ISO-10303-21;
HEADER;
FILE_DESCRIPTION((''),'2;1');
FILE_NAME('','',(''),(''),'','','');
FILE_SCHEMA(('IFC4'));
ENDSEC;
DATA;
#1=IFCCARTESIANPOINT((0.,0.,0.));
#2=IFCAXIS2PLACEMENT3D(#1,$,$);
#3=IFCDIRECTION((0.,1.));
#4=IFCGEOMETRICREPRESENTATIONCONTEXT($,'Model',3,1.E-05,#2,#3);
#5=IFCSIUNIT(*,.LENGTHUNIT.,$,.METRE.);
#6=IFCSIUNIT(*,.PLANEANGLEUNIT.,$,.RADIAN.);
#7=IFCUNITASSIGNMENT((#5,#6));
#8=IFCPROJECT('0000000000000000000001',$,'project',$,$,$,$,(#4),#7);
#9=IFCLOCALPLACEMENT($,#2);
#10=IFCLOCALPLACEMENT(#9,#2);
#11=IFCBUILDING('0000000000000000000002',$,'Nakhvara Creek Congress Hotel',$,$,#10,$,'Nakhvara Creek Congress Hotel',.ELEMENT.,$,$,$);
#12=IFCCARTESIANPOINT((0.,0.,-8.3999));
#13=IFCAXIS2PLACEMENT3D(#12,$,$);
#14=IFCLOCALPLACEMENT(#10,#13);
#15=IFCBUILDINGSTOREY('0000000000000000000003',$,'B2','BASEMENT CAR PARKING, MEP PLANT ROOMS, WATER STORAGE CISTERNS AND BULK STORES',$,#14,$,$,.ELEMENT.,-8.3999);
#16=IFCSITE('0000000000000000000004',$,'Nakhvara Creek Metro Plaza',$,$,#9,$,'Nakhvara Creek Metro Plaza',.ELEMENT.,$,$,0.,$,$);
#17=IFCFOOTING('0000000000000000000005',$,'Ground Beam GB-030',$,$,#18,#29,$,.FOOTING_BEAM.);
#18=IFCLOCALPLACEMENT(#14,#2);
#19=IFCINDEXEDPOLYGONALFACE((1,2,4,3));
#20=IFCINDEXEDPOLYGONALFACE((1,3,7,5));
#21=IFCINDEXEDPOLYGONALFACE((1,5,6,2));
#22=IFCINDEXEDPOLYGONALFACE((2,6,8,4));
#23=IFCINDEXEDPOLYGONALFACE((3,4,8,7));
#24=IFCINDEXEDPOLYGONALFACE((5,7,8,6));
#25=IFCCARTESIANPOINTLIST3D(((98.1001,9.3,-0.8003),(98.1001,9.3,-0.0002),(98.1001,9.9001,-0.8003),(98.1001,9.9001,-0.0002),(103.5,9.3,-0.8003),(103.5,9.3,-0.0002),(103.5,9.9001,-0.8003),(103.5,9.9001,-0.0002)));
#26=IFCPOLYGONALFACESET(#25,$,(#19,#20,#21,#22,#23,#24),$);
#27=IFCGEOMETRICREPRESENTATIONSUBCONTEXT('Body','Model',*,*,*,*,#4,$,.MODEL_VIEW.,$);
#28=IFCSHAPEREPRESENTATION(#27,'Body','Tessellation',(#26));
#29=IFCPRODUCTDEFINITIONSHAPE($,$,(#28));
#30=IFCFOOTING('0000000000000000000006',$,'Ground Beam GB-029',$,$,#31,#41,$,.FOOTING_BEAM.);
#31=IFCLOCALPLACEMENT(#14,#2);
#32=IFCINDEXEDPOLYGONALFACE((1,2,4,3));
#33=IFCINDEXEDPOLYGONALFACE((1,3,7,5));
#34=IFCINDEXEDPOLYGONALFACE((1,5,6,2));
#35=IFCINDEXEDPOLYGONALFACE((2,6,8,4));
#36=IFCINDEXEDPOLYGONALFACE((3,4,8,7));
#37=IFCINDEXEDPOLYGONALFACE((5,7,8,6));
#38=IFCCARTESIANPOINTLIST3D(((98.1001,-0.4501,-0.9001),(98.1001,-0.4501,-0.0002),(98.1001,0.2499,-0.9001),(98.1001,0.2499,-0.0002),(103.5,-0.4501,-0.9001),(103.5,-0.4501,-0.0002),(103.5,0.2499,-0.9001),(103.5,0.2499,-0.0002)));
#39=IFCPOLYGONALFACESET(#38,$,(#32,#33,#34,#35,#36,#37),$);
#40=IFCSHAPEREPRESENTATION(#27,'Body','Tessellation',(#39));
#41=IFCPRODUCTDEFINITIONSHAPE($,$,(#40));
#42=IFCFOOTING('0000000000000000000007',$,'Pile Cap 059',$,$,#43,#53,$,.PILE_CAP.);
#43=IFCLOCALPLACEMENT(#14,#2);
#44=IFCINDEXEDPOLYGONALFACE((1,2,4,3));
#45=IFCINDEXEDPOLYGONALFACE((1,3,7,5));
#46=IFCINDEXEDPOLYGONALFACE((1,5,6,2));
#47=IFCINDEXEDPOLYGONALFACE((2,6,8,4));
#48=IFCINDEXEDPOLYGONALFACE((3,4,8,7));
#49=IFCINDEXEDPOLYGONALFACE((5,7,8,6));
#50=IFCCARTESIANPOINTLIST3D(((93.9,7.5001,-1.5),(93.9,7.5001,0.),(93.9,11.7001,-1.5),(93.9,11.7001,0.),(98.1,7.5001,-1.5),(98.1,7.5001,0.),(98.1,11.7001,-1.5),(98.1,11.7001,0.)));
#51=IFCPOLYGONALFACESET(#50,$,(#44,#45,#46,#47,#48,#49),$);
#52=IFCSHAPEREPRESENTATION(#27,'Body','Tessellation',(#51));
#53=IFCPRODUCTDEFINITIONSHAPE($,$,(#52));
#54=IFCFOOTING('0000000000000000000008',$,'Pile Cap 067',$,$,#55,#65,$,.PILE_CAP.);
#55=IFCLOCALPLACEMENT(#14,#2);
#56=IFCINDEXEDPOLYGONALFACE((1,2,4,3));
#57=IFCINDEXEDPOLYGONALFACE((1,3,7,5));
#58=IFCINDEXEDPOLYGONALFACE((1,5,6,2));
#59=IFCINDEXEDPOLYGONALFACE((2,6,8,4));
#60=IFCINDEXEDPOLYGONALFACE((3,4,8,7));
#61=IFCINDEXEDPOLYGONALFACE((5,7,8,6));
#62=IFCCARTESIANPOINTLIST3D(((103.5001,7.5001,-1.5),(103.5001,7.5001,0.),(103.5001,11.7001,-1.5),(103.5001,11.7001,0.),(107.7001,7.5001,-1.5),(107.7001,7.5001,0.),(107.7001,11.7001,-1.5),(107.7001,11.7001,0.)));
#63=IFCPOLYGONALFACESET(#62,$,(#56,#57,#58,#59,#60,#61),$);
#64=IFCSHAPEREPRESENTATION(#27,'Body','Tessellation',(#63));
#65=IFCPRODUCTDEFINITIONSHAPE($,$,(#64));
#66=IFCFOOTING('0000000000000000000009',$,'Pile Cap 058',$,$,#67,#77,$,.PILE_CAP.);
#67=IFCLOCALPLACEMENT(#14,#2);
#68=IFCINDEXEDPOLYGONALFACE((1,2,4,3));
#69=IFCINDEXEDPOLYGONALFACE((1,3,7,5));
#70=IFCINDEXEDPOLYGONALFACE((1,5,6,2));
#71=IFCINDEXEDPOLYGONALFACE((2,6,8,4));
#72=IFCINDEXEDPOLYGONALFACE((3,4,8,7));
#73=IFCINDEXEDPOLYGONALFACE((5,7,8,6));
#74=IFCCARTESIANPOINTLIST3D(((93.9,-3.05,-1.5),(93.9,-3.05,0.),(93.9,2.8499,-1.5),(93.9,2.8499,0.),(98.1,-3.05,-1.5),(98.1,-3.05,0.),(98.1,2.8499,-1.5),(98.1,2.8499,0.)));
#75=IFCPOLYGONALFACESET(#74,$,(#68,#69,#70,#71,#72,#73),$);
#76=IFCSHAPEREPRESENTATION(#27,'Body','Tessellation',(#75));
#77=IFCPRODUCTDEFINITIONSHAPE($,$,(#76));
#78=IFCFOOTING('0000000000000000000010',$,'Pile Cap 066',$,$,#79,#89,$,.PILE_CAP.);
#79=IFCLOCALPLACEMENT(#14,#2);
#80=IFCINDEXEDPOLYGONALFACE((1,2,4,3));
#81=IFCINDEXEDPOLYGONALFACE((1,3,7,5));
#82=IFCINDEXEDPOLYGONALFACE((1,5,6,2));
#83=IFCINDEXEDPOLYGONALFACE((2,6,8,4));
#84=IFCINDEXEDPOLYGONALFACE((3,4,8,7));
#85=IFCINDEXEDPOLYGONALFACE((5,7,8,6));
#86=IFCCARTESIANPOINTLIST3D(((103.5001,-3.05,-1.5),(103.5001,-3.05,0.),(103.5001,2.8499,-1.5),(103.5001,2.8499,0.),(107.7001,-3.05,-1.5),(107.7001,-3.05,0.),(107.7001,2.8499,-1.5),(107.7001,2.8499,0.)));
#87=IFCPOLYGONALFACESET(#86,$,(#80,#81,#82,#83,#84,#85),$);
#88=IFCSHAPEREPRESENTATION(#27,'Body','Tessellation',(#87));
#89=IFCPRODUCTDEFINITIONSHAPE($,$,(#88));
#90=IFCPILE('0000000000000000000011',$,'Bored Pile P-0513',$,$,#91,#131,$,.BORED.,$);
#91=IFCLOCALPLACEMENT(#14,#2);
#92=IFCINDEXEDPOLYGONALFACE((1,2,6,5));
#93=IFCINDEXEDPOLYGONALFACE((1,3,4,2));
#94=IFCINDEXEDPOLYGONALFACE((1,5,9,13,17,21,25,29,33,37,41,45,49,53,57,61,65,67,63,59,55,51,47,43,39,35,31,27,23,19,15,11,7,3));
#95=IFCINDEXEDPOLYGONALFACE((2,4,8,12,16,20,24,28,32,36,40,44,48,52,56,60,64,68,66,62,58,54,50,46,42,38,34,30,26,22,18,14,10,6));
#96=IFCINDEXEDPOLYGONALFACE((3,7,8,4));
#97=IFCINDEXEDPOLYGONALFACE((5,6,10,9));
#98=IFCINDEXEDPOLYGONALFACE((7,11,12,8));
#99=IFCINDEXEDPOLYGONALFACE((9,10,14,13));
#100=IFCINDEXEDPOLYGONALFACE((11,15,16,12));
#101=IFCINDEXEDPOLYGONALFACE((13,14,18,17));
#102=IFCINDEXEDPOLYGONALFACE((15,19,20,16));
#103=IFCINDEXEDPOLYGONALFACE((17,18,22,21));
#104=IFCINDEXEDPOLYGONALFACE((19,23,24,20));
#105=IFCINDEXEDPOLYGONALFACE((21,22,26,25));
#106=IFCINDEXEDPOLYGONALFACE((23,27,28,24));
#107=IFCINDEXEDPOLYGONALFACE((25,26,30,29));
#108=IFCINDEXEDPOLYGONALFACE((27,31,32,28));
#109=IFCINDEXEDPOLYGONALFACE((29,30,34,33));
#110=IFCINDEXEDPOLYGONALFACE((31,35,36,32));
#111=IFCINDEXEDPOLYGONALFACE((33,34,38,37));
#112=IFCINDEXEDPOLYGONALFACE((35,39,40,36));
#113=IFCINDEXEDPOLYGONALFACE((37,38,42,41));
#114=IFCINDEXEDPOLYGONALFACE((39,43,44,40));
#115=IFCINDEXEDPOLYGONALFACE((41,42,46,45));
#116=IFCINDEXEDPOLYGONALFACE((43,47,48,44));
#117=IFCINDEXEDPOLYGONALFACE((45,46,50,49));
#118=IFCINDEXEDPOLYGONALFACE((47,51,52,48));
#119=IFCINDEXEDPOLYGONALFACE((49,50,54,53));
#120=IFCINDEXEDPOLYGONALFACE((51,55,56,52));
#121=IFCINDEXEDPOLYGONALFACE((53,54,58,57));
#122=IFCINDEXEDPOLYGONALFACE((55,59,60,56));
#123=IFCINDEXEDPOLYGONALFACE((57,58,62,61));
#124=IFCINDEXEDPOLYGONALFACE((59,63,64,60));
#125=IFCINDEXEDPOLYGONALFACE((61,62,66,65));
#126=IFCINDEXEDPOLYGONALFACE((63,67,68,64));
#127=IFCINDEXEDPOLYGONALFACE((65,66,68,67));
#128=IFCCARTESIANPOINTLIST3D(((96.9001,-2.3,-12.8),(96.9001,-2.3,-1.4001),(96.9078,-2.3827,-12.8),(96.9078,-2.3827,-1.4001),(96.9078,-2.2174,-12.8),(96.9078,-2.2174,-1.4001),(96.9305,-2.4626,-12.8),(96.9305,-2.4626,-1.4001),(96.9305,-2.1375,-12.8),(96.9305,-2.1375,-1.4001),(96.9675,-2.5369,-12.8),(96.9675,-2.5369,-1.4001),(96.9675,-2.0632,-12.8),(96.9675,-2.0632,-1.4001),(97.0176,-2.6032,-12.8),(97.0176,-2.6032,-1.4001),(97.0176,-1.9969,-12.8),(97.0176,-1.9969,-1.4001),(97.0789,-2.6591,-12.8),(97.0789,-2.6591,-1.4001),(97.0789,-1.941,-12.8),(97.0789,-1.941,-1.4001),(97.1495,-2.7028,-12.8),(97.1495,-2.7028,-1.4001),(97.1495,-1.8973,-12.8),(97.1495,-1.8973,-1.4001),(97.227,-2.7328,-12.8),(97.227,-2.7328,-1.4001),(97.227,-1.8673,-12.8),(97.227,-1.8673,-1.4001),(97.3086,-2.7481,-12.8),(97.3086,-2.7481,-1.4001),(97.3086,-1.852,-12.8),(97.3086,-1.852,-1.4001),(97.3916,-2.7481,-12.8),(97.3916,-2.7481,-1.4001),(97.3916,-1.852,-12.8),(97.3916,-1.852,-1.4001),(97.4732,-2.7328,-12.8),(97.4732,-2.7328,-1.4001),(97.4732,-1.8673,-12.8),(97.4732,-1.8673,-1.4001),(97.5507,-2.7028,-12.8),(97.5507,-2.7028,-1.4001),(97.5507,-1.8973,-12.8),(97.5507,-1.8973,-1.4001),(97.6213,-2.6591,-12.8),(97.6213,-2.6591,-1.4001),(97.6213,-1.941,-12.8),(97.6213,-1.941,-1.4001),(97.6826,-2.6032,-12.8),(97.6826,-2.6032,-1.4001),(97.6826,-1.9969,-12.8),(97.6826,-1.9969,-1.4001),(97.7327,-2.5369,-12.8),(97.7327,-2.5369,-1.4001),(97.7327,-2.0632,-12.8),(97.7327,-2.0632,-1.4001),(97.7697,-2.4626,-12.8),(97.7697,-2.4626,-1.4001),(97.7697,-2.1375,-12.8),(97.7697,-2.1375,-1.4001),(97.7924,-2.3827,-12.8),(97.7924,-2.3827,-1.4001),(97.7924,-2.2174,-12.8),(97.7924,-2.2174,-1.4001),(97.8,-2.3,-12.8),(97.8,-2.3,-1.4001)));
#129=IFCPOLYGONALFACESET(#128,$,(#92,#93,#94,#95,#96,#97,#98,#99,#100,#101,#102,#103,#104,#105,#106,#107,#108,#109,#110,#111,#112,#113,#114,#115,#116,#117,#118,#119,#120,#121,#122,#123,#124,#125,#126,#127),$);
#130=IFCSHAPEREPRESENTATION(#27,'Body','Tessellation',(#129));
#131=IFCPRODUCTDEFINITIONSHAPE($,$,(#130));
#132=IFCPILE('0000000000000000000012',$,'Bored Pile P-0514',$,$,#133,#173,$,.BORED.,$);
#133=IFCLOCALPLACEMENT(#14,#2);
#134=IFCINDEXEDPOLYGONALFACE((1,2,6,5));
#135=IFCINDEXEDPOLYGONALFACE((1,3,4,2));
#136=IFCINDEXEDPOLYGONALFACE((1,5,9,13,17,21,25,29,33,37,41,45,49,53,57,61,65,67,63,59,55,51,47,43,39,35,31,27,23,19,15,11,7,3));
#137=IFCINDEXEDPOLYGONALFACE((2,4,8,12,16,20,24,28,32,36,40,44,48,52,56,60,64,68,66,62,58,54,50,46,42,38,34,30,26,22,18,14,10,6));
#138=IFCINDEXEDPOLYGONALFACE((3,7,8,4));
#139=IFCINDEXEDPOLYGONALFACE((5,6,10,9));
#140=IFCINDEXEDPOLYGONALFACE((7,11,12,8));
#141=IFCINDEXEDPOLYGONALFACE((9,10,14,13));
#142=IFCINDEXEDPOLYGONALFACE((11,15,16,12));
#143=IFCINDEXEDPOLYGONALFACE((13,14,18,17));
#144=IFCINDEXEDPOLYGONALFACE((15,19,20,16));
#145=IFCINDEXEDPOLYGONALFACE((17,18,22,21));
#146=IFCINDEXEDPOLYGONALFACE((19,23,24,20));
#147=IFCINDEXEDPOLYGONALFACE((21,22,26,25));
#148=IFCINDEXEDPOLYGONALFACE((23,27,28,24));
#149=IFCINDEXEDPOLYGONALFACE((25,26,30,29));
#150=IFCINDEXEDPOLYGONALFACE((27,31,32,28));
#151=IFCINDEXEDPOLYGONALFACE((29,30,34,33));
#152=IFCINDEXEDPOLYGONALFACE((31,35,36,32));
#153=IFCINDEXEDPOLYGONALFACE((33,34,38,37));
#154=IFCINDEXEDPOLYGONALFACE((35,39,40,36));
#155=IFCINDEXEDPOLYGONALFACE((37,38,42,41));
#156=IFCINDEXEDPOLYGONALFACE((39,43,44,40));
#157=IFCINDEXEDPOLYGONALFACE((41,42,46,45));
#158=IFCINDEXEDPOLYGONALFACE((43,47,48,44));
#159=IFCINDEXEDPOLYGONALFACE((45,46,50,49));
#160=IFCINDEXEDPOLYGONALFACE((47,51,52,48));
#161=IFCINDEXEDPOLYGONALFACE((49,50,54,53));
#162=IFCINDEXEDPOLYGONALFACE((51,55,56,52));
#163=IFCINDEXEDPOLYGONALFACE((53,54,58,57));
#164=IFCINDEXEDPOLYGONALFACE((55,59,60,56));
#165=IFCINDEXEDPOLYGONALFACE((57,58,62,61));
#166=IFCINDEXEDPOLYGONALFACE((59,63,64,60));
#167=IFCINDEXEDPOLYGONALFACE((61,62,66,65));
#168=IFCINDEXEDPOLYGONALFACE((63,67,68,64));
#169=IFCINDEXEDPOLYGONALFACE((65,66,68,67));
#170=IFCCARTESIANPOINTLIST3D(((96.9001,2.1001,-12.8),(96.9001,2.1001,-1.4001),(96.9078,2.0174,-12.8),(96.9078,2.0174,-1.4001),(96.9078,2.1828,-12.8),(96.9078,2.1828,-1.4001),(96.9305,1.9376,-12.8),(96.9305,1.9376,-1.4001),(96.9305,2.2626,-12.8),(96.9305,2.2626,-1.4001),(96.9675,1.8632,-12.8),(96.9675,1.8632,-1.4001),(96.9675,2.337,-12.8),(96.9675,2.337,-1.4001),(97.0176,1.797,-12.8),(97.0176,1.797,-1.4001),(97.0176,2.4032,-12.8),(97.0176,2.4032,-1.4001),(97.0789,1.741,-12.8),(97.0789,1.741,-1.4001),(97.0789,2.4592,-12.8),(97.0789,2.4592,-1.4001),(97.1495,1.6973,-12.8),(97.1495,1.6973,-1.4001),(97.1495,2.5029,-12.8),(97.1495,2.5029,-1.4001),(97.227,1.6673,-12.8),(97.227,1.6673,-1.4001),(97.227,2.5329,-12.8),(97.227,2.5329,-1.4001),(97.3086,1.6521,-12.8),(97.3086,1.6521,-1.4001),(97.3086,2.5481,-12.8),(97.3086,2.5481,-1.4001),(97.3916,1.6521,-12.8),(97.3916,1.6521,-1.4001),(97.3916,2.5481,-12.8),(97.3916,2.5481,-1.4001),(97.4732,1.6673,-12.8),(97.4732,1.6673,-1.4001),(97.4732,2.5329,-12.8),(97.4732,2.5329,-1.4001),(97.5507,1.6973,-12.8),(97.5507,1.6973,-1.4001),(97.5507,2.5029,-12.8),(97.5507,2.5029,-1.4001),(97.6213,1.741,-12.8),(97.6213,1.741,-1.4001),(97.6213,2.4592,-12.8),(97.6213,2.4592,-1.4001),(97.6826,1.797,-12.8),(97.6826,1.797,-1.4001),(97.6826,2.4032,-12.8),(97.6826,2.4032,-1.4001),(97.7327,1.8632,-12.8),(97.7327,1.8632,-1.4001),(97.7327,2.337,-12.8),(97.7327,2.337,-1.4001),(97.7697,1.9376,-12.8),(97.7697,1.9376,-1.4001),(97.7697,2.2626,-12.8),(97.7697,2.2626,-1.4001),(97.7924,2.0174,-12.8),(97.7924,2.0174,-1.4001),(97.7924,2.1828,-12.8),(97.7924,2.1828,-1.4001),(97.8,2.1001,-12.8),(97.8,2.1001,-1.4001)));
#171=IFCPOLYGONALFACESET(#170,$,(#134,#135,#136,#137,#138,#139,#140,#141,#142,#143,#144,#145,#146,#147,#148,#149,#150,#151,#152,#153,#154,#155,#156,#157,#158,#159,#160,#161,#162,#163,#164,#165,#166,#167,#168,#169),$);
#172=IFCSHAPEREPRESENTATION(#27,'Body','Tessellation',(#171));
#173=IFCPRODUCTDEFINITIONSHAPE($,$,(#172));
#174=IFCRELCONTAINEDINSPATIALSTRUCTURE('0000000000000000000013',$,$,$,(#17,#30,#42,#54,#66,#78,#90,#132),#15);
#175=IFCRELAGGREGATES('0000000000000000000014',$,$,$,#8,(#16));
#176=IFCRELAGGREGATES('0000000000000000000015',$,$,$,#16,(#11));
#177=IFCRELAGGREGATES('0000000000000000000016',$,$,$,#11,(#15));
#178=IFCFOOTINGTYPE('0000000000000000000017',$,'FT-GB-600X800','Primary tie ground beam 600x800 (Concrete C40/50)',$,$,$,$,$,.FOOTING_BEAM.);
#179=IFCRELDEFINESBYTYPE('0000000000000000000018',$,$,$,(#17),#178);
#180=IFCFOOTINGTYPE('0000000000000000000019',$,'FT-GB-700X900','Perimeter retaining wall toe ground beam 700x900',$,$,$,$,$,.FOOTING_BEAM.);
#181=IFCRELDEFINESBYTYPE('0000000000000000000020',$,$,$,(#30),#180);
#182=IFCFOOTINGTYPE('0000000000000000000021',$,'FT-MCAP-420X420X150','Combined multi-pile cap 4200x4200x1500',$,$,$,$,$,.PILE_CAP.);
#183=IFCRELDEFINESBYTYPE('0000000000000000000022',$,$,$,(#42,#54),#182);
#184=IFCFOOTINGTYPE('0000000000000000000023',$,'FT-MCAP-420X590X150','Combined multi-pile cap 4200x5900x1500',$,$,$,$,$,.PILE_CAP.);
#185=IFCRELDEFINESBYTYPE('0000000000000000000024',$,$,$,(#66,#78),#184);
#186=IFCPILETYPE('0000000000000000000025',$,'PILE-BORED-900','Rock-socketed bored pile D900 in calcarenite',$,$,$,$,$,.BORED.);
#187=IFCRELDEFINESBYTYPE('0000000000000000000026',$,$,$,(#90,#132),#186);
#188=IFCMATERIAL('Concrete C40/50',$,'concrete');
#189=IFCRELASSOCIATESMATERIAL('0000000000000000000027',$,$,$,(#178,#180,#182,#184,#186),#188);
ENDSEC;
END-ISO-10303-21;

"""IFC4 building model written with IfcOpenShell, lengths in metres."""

from ifc_helpers import new_model, si_unit, direction, frame, origin, origin_2d, place, context, subcontext, project, spatial, rectangle, circle, extrude, material, material_profile, profile_set, type_object, element, save


model = new_model("IFC4")

# Units and contexts
model_context = context("Model", 3, precision=1e-05, world=origin(), true_north=direction((0.0, 1.0)))
body_context = subcontext(model_context, "Body", "Model", "MODEL_VIEW")
ifc_project = project(units=[si_unit("LENGTHUNIT", "METRE"), si_unit("PLANEANGLEUNIT", "RADIAN")], contexts=[model_context])

# Site, building, storey
site_placement = place(None, origin())
site = spatial("IfcSite", under=ifc_project, at=site_placement, Name="Nakhvara Creek Metro Plaza", LongName="Nakhvara Creek Metro Plaza", CompositionType="ELEMENT", RefElevation=0.0)
building_placement = place(site_placement, origin())
building = spatial("IfcBuilding", under=site, at=building_placement, Name="Nakhvara Creek Congress Hotel", LongName="Nakhvara Creek Congress Hotel", CompositionType="ELEMENT")
storey_placement = place(building_placement, frame((0.0, 0.0, -8.3999)))
storey = spatial("IfcBuildingStorey", under=building, at=storey_placement, Name="B2", Description="BASEMENT CAR PARKING, MEP PLANT ROOMS, WATER STORAGE CISTERNS AND BULK STORES", CompositionType="ELEMENT", Elevation=-8.3999)

# Footings
ifc_material_1 = material(Name="Concrete C40/50", Category="concrete")
footing_type_1 = type_object("IfcFootingType", Name="FT-GB-600X800", Description="Primary tie ground beam 600x800 (Concrete C40/50)", PredefinedType="FOOTING_BEAM", material=ifc_material_1)
footing_1_placement = place(storey_placement, frame((100.8, 9.6001, -0.8003), z_axis=(0.0, 0.0, 1.0), x_axis=(1.0, 0.0, 0.0)))
element("IfcFooting", 1, at=footing_1_placement, inside=storey, type_object=footing_type_1, Name="Ground Beam GB-030", PredefinedType="FOOTING_BEAM", context=body_context, shape_type="SweptSolid", body=[
    extrude(rectangle(XDim=5.3999, YDim=0.6001, at=origin_2d()), origin(), (0.0, 0.0, 1.0), 0.8),
])
footing_type_2 = type_object("IfcFootingType", Name="FT-GB-700X900", Description="Perimeter retaining wall toe ground beam 700x900", PredefinedType="FOOTING_BEAM", material=ifc_material_1)
footing_2_placement = place(storey_placement, frame((100.8, -0.1001, -0.9001), z_axis=(0.0, 0.0, 1.0), x_axis=(1.0, 0.0, 0.0)))
element("IfcFooting", 2, at=footing_2_placement, inside=storey, type_object=footing_type_2, Name="Ground Beam GB-029", PredefinedType="FOOTING_BEAM", context=body_context, shape_type="SweptSolid", body=[
    extrude(rectangle(XDim=5.3999, YDim=0.7, at=origin_2d()), origin(), (0.0, 0.0, 1.0), 0.8999),
])
footing_type_3 = type_object("IfcFootingType", Name="FT-MCAP-420X420X150", Description="Combined multi-pile cap 4200x4200x1500", PredefinedType="PILE_CAP", material=ifc_material_1)
for number, where, z_axis, x_axis, name in (
    (3, (96.0, 9.6001, -1.5), (0.0, 0.0, 1.0), (1.0, 0.0, 0.0), "Pile Cap 059"),
    (4, (105.6001, 9.6001, -1.5), (0.0, 0.0, 1.0), (1.0, 0.0, 0.0), "Pile Cap 067"),
):
    element("IfcFooting", number, at=place(storey_placement, frame(where, z_axis=z_axis, x_axis=x_axis)), inside=storey, type_object=footing_type_3, Name=name, PredefinedType="PILE_CAP", context=body_context, shape_type="SweptSolid", body=[
        extrude(rectangle(XDim=4.2, YDim=4.2, at=origin_2d()), origin(), (0.0, 0.0, 1.0), 1.5),
    ])
footing_type_4 = type_object("IfcFootingType", Name="FT-MCAP-420X590X150", Description="Combined multi-pile cap 4200x5900x1500", PredefinedType="PILE_CAP", material=ifc_material_1)
for number, where, z_axis, x_axis, name in (
    (5, (96.0, -0.1001, -1.5), (0.0, 0.0, 1.0), (1.0, 0.0, 0.0), "Pile Cap 058"),
    (6, (105.6001, -0.1001, -1.5), (0.0, 0.0, 1.0), (1.0, 0.0, 0.0), "Pile Cap 066"),
):
    element("IfcFooting", number, at=place(storey_placement, frame(where, z_axis=z_axis, x_axis=x_axis)), inside=storey, type_object=footing_type_4, Name=name, PredefinedType="PILE_CAP", context=body_context, shape_type="SweptSolid", body=[
        extrude(rectangle(XDim=4.2, YDim=5.8999, at=origin_2d()), origin(), (0.0, 0.0, 1.0), 1.5),
    ])

# Piles
ifc_material_profile_1 = material_profile(ifc_material_1, circle(Radius=0.45, at=origin_2d()), Name="BORED PILE D900", Category="LoadBearing")
ifc_profile_set_1 = profile_set([ifc_material_profile_1], Name="Concrete C40/50")
pile_type = type_object("IfcPileType", Name="PILE-BORED-900", Description="Rock-socketed bored pile D900 in calcarenite", PredefinedType="BORED", material=ifc_profile_set_1)
for number, where, z_axis, x_axis, name in (
    (7, (97.3501, -2.3, -1.4001), (0.0, 0.0, -1.0), (1.0, 0.0, 0.0), "Bored Pile P-0513"),
    (8, (97.3501, 2.1001, -1.4001), (0.0, 0.0, -1.0), (1.0, 0.0, 0.0), "Bored Pile P-0514"),
):
    element("IfcPile", number, at=place(storey_placement, frame(where, z_axis=z_axis, x_axis=x_axis)), inside=storey, type_object=pile_type, Name=name, PredefinedType="BORED", context=body_context, shape_type="SweptSolid", body=[
        extrude(circle(Radius=0.45, at=origin_2d()), origin(), (0.0, 0.0, 1.0), 11.3999),
    ])

save(model, "model.ifc")
